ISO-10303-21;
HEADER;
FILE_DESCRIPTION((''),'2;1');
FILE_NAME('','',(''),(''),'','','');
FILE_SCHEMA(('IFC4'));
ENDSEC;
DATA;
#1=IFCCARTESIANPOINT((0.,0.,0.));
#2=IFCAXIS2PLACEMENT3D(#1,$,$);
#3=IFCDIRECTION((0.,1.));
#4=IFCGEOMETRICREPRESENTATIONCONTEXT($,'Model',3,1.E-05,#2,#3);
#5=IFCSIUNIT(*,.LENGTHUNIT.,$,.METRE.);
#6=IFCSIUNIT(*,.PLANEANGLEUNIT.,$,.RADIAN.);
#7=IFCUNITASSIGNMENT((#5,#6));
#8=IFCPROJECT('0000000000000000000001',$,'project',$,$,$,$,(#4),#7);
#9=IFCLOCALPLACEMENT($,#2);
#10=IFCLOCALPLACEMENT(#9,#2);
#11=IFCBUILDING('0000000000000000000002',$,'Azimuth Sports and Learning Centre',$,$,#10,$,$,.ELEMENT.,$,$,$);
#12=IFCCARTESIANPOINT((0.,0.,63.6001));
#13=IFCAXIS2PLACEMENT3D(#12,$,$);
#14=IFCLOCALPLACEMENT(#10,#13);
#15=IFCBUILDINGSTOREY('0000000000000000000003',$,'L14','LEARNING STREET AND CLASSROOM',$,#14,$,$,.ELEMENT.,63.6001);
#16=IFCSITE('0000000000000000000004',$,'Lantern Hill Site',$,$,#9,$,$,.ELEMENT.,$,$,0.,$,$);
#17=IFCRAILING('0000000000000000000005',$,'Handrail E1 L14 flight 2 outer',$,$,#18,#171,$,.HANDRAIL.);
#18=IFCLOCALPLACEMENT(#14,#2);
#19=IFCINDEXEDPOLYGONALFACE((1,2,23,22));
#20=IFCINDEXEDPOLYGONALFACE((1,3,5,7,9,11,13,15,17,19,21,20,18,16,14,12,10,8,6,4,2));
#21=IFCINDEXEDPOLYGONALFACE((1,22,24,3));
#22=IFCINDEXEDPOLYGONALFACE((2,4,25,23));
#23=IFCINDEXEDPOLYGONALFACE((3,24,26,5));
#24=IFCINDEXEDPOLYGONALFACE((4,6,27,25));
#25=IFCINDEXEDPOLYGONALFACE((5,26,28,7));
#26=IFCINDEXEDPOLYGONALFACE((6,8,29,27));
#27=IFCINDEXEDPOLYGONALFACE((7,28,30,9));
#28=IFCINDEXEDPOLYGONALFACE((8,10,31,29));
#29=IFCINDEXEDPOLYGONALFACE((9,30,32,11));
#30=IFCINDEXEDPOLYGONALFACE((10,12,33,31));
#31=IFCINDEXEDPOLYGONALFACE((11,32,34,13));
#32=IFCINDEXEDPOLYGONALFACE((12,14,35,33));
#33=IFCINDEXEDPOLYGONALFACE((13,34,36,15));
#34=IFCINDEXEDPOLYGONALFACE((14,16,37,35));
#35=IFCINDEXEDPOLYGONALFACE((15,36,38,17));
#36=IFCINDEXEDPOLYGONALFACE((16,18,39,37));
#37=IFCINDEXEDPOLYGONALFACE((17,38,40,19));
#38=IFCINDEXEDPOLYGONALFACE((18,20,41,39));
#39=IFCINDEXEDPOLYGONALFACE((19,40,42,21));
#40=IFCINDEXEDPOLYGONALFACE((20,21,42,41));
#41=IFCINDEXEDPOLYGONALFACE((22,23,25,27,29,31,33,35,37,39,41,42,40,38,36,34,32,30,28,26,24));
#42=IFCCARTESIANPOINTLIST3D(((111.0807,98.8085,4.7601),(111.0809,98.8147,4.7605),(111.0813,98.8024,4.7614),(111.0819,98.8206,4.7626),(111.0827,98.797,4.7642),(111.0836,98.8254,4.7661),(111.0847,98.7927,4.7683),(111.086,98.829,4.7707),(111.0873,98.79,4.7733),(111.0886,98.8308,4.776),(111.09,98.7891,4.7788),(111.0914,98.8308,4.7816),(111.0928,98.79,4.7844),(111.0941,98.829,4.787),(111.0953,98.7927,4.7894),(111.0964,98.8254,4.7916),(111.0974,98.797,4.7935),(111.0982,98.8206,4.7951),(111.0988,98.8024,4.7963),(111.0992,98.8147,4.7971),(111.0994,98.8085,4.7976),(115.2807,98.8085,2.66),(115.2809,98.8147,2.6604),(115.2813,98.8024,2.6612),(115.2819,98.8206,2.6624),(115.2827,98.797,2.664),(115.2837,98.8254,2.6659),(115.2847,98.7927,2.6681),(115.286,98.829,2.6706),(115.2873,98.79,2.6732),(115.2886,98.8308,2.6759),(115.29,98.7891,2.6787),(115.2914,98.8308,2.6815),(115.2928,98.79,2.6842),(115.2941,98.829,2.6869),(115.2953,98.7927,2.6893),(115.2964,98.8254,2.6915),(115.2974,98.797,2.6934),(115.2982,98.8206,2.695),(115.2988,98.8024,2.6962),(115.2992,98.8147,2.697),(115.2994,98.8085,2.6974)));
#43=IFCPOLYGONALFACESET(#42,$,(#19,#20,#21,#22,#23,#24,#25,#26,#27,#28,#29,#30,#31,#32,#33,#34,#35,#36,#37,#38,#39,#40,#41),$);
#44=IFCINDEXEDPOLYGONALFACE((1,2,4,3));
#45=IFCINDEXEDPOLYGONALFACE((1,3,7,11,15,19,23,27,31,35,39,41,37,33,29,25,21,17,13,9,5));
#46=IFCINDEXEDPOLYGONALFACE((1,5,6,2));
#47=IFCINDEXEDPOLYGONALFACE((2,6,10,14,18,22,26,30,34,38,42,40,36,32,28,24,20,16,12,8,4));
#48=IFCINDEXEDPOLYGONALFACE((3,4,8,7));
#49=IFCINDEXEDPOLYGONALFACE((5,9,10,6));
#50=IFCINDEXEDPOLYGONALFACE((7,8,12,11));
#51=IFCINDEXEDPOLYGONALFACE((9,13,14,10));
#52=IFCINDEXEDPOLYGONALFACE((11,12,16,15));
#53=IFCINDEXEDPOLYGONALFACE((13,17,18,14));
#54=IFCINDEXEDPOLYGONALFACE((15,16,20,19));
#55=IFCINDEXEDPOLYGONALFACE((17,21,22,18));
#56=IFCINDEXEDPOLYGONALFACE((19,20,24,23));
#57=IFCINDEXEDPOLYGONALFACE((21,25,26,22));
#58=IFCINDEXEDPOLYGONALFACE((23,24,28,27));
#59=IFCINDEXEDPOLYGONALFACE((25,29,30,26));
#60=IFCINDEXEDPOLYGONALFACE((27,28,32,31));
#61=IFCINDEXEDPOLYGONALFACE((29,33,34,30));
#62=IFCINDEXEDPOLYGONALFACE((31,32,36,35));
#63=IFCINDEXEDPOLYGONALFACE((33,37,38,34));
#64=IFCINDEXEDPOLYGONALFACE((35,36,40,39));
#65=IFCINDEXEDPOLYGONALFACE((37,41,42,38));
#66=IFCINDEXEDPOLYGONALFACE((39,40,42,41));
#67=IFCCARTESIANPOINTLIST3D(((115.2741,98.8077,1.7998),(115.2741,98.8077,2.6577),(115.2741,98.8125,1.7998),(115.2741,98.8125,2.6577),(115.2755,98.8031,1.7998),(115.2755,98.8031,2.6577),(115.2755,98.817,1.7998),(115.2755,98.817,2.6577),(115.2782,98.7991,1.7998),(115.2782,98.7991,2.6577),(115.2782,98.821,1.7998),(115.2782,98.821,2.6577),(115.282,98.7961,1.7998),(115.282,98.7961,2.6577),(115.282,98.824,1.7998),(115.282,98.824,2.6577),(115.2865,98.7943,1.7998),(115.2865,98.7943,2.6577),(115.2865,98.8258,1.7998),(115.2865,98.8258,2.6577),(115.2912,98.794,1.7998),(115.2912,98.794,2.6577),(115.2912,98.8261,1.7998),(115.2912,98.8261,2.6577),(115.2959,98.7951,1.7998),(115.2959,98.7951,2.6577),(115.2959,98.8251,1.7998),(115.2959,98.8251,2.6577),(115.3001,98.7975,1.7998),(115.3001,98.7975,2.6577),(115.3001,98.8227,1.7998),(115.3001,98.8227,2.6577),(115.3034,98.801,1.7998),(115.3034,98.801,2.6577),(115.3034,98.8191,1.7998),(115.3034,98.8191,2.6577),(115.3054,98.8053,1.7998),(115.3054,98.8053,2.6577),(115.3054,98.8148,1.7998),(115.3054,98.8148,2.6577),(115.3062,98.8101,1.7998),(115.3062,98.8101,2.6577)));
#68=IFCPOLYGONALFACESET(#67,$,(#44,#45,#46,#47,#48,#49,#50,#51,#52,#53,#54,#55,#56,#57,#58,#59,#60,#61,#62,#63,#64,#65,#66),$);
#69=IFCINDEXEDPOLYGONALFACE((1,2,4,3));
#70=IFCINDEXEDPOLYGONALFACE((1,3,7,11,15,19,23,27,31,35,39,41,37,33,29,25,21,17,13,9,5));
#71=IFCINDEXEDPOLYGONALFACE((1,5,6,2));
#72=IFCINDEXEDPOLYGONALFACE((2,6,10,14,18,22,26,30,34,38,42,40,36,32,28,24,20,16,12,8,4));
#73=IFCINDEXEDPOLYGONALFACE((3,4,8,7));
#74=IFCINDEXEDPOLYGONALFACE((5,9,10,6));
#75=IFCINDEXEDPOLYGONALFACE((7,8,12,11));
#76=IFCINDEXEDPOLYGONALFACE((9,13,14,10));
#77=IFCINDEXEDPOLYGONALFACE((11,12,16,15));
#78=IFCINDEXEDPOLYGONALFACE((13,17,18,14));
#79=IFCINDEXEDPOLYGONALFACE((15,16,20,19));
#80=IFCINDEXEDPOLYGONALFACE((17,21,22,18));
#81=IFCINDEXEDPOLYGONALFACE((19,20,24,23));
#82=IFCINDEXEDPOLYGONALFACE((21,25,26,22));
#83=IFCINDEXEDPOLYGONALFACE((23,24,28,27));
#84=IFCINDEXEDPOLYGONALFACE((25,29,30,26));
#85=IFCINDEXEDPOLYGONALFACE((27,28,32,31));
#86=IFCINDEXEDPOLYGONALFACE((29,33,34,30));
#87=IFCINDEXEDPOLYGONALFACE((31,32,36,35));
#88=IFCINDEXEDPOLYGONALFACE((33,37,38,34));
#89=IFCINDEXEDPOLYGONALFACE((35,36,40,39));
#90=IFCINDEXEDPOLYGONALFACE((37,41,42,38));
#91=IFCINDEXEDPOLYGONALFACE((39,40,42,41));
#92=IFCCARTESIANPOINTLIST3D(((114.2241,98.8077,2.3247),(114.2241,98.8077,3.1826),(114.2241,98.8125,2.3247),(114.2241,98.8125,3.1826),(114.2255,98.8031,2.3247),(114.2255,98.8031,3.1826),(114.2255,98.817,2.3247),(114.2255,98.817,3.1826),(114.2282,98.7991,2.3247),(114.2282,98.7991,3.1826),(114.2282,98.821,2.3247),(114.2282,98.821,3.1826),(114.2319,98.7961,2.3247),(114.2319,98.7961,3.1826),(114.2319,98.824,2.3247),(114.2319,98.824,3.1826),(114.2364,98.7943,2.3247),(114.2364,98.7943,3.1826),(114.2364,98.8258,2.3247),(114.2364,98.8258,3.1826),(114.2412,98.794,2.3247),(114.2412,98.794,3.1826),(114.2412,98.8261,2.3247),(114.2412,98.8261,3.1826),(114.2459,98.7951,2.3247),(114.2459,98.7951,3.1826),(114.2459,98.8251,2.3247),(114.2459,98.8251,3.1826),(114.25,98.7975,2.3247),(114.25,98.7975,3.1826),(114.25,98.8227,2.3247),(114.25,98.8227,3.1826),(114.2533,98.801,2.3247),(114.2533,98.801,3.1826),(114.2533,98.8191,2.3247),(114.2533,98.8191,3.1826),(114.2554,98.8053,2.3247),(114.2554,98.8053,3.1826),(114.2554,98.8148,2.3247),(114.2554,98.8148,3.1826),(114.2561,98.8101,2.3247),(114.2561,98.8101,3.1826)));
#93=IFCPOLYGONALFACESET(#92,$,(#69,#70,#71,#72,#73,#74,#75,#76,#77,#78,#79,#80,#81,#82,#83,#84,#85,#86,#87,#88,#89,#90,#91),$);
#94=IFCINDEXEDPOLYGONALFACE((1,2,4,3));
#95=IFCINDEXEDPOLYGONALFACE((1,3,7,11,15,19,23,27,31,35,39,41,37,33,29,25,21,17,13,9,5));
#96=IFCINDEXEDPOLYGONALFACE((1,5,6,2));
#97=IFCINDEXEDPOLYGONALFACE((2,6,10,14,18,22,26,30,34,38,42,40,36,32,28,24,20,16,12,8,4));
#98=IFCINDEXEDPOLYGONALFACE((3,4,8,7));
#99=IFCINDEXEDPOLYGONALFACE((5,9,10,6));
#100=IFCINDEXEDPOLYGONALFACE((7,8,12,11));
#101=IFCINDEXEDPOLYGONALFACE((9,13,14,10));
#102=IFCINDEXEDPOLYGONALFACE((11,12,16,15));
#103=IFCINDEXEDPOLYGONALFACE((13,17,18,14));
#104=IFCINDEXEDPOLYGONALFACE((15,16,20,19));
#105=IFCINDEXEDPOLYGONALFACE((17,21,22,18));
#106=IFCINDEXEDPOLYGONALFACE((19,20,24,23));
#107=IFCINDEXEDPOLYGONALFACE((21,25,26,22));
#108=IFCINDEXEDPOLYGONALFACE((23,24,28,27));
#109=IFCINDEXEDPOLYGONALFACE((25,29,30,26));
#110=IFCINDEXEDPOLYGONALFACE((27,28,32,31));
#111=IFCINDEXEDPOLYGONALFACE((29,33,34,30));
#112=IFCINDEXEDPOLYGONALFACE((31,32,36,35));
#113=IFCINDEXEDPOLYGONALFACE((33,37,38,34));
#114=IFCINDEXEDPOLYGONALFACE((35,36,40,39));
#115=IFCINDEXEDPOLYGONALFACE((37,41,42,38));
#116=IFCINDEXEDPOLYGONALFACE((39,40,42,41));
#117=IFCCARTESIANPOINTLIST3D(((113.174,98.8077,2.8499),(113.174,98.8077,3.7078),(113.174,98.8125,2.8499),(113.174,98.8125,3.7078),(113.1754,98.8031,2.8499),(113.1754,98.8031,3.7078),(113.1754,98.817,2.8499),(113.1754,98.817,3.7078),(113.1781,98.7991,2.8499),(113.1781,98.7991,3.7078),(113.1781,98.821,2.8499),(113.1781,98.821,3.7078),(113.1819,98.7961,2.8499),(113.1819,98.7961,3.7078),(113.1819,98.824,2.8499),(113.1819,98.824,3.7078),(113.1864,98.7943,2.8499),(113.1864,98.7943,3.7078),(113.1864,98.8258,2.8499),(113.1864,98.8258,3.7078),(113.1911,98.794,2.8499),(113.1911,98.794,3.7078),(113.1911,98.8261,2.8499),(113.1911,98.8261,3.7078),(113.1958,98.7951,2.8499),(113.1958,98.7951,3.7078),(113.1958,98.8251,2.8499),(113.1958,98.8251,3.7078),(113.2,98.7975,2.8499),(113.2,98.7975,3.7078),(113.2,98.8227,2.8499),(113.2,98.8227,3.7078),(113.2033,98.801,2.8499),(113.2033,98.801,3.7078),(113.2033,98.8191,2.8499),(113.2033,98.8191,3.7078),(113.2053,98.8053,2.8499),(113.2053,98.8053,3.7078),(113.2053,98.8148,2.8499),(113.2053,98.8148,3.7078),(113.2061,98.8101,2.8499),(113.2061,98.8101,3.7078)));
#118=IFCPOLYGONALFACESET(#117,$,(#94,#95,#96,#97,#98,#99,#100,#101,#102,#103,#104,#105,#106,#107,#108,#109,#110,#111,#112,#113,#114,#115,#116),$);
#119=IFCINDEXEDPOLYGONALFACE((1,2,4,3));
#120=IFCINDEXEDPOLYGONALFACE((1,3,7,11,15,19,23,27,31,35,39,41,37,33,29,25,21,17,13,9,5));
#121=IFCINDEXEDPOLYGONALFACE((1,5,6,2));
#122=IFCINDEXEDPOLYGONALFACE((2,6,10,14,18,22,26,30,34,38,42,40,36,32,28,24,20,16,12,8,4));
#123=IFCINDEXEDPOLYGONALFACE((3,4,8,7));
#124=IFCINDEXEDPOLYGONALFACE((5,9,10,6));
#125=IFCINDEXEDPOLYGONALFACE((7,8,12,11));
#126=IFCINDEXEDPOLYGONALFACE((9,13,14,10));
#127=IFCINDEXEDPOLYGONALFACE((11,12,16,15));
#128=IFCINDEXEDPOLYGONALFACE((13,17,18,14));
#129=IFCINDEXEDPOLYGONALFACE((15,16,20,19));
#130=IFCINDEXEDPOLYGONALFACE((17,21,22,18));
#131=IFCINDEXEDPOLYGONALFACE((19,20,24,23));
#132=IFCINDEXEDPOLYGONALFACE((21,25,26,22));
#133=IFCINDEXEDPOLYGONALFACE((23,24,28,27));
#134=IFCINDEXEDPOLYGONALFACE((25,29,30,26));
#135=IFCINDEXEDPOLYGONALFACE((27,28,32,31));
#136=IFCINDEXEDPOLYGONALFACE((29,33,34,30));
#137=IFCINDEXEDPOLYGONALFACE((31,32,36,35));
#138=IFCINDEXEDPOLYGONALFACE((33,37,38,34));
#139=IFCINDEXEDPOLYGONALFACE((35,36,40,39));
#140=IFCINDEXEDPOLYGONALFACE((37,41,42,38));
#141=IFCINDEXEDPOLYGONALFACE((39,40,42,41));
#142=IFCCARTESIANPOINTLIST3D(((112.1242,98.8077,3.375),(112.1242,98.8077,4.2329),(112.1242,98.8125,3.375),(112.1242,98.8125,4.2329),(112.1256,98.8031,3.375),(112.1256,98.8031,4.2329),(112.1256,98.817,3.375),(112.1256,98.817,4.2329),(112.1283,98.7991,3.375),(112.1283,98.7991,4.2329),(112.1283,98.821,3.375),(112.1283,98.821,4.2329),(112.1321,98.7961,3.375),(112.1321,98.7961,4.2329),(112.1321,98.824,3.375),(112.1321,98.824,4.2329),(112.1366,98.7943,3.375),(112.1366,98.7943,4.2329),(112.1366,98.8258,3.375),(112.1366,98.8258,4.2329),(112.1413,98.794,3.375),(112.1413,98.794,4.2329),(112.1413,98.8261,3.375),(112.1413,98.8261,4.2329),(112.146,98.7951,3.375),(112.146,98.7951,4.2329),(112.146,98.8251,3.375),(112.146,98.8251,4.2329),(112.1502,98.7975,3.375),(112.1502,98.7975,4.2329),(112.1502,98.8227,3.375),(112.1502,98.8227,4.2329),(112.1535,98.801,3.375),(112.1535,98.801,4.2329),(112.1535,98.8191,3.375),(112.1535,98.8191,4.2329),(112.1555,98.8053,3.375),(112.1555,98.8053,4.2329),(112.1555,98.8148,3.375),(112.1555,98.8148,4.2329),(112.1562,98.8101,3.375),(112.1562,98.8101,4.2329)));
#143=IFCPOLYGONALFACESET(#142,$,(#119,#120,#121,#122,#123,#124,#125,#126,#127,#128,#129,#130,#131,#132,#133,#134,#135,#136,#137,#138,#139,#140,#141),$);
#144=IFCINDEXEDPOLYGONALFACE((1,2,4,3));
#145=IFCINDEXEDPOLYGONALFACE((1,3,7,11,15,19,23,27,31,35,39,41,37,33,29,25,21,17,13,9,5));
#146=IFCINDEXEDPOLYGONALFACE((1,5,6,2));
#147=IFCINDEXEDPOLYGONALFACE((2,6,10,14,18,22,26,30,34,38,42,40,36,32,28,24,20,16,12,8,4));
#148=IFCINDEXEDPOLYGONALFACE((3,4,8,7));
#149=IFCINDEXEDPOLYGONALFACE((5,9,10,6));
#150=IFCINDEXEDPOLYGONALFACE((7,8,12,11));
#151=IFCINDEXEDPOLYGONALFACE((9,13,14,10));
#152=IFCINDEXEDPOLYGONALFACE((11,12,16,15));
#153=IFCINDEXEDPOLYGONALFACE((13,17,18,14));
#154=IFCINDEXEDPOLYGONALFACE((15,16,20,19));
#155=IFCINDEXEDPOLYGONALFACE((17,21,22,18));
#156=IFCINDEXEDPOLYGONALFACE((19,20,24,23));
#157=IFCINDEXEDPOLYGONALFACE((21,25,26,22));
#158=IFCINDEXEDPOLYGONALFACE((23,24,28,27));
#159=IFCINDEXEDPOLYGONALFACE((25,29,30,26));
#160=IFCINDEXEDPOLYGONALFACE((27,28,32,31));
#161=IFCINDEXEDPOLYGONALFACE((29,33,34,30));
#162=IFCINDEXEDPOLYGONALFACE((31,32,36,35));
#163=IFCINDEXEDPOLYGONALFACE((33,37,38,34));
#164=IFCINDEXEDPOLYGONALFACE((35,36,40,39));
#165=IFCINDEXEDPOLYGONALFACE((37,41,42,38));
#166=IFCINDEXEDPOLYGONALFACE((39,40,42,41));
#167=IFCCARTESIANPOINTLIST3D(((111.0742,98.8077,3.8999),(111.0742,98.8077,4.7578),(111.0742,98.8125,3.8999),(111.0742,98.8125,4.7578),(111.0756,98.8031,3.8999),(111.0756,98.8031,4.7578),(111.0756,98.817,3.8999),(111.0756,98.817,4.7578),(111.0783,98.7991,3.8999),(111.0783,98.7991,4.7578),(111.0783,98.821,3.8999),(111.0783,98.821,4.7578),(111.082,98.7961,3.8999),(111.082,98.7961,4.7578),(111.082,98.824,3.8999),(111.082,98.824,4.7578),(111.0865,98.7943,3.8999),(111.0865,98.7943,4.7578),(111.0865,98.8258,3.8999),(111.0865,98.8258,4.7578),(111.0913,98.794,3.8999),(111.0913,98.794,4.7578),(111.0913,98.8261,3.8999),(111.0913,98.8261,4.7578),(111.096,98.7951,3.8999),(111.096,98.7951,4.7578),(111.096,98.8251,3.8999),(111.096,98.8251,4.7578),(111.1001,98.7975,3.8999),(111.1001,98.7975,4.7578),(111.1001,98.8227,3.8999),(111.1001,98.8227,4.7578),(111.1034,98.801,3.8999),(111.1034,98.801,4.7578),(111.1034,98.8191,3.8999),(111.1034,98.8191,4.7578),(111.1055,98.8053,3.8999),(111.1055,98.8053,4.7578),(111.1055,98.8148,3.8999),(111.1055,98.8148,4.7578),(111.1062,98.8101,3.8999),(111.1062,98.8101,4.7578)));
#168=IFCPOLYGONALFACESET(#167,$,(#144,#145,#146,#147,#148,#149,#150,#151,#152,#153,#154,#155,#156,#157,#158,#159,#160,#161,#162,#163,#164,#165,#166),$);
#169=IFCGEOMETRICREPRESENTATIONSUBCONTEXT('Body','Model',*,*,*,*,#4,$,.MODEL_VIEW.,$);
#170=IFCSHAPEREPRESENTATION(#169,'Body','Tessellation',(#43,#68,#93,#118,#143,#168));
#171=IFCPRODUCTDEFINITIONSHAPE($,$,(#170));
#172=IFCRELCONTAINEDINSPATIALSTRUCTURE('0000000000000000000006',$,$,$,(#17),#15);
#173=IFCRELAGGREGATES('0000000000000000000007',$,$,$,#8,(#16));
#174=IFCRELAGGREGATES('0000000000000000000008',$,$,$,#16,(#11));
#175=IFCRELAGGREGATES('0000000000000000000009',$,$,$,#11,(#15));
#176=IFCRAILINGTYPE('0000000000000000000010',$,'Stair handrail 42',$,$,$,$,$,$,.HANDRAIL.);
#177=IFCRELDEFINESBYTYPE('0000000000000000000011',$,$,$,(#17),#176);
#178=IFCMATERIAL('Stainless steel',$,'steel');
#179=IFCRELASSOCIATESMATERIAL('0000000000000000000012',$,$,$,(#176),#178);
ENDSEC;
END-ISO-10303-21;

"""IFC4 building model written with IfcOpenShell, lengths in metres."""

from ifc_helpers import new_model, si_unit, direction, frame, origin, origin_2d, place, context, subcontext, project, spatial, circle, extrude, material, type_object, element, save


model = new_model("IFC4")

# Units and contexts
model_context = context("Model", 3, precision=1e-05, world=origin(), true_north=direction((0.0, 1.0)))
body_context = subcontext(model_context, "Body", "Model", "MODEL_VIEW")
ifc_project = project(units=[si_unit("LENGTHUNIT", "METRE"), si_unit("PLANEANGLEUNIT", "RADIAN")], contexts=[model_context])

# Site, building, storey
site_placement = place(None, origin())
site = spatial("IfcSite", under=ifc_project, at=site_placement, Name="Lantern Hill Site", CompositionType="ELEMENT", RefElevation=0.0)
building_placement = place(site_placement, origin())
building = spatial("IfcBuilding", under=site, at=building_placement, Name="Azimuth Sports and Learning Centre", CompositionType="ELEMENT")
storey_placement = place(building_placement, frame((0.0, 0.0, 63.6001)))
storey = spatial("IfcBuildingStorey", under=building, at=storey_placement, Name="L14", Description="LEARNING STREET AND CLASSROOM", CompositionType="ELEMENT", Elevation=63.6001)

# Railing
ifc_material_1 = material(Name="Stainless steel", Category="steel")
railing_type_1 = type_object("IfcRailingType", Name="Stair handrail 42", PredefinedType="HANDRAIL", material=ifc_material_1)
for number, where, name in (
    (1, (115.29, 98.8101, 1.7998), "Handrail E1 L14 flight 2 outer"),
):
    element("IfcRailing", number, at=place(storey_placement, frame(where)), inside=storey, type_object=railing_type_1, Name=name, PredefinedType="HANDRAIL", context=body_context, shape_type="SweptSolid", body=[
        extrude(circle(Radius=0.021, at=origin_2d()), frame((0.0, 0.0, 0.8789), z_axis=(-0.894417, 0.0, 0.447234), x_axis=(0.0, -1.0, 0.0)), (0.0, 0.0, 1.0), 4.6958),
        extrude(circle(Radius=0.0161, at=origin_2d()), origin(), (0.0, 0.0, 1.0), 0.8579),
        extrude(circle(Radius=0.0161, at=origin_2d()), frame((-1.05, 0.0, 0.5249)), (0.0, 0.0, 1.0), 0.8579),
        extrude(circle(Radius=0.0161, at=origin_2d()), frame((-2.1001, 0.0, 1.05)), (0.0, 0.0, 1.0), 0.8579),
        extrude(circle(Radius=0.0161, at=origin_2d()), frame((-3.1499, 0.0, 1.5752)), (0.0, 0.0, 1.0), 0.8579),
        extrude(circle(Radius=0.0161, at=origin_2d()), frame((-4.2, 0.0, 2.1001)), (0.0, 0.0, 1.0), 0.8579),
    ])

save(model, "model.ifc")
